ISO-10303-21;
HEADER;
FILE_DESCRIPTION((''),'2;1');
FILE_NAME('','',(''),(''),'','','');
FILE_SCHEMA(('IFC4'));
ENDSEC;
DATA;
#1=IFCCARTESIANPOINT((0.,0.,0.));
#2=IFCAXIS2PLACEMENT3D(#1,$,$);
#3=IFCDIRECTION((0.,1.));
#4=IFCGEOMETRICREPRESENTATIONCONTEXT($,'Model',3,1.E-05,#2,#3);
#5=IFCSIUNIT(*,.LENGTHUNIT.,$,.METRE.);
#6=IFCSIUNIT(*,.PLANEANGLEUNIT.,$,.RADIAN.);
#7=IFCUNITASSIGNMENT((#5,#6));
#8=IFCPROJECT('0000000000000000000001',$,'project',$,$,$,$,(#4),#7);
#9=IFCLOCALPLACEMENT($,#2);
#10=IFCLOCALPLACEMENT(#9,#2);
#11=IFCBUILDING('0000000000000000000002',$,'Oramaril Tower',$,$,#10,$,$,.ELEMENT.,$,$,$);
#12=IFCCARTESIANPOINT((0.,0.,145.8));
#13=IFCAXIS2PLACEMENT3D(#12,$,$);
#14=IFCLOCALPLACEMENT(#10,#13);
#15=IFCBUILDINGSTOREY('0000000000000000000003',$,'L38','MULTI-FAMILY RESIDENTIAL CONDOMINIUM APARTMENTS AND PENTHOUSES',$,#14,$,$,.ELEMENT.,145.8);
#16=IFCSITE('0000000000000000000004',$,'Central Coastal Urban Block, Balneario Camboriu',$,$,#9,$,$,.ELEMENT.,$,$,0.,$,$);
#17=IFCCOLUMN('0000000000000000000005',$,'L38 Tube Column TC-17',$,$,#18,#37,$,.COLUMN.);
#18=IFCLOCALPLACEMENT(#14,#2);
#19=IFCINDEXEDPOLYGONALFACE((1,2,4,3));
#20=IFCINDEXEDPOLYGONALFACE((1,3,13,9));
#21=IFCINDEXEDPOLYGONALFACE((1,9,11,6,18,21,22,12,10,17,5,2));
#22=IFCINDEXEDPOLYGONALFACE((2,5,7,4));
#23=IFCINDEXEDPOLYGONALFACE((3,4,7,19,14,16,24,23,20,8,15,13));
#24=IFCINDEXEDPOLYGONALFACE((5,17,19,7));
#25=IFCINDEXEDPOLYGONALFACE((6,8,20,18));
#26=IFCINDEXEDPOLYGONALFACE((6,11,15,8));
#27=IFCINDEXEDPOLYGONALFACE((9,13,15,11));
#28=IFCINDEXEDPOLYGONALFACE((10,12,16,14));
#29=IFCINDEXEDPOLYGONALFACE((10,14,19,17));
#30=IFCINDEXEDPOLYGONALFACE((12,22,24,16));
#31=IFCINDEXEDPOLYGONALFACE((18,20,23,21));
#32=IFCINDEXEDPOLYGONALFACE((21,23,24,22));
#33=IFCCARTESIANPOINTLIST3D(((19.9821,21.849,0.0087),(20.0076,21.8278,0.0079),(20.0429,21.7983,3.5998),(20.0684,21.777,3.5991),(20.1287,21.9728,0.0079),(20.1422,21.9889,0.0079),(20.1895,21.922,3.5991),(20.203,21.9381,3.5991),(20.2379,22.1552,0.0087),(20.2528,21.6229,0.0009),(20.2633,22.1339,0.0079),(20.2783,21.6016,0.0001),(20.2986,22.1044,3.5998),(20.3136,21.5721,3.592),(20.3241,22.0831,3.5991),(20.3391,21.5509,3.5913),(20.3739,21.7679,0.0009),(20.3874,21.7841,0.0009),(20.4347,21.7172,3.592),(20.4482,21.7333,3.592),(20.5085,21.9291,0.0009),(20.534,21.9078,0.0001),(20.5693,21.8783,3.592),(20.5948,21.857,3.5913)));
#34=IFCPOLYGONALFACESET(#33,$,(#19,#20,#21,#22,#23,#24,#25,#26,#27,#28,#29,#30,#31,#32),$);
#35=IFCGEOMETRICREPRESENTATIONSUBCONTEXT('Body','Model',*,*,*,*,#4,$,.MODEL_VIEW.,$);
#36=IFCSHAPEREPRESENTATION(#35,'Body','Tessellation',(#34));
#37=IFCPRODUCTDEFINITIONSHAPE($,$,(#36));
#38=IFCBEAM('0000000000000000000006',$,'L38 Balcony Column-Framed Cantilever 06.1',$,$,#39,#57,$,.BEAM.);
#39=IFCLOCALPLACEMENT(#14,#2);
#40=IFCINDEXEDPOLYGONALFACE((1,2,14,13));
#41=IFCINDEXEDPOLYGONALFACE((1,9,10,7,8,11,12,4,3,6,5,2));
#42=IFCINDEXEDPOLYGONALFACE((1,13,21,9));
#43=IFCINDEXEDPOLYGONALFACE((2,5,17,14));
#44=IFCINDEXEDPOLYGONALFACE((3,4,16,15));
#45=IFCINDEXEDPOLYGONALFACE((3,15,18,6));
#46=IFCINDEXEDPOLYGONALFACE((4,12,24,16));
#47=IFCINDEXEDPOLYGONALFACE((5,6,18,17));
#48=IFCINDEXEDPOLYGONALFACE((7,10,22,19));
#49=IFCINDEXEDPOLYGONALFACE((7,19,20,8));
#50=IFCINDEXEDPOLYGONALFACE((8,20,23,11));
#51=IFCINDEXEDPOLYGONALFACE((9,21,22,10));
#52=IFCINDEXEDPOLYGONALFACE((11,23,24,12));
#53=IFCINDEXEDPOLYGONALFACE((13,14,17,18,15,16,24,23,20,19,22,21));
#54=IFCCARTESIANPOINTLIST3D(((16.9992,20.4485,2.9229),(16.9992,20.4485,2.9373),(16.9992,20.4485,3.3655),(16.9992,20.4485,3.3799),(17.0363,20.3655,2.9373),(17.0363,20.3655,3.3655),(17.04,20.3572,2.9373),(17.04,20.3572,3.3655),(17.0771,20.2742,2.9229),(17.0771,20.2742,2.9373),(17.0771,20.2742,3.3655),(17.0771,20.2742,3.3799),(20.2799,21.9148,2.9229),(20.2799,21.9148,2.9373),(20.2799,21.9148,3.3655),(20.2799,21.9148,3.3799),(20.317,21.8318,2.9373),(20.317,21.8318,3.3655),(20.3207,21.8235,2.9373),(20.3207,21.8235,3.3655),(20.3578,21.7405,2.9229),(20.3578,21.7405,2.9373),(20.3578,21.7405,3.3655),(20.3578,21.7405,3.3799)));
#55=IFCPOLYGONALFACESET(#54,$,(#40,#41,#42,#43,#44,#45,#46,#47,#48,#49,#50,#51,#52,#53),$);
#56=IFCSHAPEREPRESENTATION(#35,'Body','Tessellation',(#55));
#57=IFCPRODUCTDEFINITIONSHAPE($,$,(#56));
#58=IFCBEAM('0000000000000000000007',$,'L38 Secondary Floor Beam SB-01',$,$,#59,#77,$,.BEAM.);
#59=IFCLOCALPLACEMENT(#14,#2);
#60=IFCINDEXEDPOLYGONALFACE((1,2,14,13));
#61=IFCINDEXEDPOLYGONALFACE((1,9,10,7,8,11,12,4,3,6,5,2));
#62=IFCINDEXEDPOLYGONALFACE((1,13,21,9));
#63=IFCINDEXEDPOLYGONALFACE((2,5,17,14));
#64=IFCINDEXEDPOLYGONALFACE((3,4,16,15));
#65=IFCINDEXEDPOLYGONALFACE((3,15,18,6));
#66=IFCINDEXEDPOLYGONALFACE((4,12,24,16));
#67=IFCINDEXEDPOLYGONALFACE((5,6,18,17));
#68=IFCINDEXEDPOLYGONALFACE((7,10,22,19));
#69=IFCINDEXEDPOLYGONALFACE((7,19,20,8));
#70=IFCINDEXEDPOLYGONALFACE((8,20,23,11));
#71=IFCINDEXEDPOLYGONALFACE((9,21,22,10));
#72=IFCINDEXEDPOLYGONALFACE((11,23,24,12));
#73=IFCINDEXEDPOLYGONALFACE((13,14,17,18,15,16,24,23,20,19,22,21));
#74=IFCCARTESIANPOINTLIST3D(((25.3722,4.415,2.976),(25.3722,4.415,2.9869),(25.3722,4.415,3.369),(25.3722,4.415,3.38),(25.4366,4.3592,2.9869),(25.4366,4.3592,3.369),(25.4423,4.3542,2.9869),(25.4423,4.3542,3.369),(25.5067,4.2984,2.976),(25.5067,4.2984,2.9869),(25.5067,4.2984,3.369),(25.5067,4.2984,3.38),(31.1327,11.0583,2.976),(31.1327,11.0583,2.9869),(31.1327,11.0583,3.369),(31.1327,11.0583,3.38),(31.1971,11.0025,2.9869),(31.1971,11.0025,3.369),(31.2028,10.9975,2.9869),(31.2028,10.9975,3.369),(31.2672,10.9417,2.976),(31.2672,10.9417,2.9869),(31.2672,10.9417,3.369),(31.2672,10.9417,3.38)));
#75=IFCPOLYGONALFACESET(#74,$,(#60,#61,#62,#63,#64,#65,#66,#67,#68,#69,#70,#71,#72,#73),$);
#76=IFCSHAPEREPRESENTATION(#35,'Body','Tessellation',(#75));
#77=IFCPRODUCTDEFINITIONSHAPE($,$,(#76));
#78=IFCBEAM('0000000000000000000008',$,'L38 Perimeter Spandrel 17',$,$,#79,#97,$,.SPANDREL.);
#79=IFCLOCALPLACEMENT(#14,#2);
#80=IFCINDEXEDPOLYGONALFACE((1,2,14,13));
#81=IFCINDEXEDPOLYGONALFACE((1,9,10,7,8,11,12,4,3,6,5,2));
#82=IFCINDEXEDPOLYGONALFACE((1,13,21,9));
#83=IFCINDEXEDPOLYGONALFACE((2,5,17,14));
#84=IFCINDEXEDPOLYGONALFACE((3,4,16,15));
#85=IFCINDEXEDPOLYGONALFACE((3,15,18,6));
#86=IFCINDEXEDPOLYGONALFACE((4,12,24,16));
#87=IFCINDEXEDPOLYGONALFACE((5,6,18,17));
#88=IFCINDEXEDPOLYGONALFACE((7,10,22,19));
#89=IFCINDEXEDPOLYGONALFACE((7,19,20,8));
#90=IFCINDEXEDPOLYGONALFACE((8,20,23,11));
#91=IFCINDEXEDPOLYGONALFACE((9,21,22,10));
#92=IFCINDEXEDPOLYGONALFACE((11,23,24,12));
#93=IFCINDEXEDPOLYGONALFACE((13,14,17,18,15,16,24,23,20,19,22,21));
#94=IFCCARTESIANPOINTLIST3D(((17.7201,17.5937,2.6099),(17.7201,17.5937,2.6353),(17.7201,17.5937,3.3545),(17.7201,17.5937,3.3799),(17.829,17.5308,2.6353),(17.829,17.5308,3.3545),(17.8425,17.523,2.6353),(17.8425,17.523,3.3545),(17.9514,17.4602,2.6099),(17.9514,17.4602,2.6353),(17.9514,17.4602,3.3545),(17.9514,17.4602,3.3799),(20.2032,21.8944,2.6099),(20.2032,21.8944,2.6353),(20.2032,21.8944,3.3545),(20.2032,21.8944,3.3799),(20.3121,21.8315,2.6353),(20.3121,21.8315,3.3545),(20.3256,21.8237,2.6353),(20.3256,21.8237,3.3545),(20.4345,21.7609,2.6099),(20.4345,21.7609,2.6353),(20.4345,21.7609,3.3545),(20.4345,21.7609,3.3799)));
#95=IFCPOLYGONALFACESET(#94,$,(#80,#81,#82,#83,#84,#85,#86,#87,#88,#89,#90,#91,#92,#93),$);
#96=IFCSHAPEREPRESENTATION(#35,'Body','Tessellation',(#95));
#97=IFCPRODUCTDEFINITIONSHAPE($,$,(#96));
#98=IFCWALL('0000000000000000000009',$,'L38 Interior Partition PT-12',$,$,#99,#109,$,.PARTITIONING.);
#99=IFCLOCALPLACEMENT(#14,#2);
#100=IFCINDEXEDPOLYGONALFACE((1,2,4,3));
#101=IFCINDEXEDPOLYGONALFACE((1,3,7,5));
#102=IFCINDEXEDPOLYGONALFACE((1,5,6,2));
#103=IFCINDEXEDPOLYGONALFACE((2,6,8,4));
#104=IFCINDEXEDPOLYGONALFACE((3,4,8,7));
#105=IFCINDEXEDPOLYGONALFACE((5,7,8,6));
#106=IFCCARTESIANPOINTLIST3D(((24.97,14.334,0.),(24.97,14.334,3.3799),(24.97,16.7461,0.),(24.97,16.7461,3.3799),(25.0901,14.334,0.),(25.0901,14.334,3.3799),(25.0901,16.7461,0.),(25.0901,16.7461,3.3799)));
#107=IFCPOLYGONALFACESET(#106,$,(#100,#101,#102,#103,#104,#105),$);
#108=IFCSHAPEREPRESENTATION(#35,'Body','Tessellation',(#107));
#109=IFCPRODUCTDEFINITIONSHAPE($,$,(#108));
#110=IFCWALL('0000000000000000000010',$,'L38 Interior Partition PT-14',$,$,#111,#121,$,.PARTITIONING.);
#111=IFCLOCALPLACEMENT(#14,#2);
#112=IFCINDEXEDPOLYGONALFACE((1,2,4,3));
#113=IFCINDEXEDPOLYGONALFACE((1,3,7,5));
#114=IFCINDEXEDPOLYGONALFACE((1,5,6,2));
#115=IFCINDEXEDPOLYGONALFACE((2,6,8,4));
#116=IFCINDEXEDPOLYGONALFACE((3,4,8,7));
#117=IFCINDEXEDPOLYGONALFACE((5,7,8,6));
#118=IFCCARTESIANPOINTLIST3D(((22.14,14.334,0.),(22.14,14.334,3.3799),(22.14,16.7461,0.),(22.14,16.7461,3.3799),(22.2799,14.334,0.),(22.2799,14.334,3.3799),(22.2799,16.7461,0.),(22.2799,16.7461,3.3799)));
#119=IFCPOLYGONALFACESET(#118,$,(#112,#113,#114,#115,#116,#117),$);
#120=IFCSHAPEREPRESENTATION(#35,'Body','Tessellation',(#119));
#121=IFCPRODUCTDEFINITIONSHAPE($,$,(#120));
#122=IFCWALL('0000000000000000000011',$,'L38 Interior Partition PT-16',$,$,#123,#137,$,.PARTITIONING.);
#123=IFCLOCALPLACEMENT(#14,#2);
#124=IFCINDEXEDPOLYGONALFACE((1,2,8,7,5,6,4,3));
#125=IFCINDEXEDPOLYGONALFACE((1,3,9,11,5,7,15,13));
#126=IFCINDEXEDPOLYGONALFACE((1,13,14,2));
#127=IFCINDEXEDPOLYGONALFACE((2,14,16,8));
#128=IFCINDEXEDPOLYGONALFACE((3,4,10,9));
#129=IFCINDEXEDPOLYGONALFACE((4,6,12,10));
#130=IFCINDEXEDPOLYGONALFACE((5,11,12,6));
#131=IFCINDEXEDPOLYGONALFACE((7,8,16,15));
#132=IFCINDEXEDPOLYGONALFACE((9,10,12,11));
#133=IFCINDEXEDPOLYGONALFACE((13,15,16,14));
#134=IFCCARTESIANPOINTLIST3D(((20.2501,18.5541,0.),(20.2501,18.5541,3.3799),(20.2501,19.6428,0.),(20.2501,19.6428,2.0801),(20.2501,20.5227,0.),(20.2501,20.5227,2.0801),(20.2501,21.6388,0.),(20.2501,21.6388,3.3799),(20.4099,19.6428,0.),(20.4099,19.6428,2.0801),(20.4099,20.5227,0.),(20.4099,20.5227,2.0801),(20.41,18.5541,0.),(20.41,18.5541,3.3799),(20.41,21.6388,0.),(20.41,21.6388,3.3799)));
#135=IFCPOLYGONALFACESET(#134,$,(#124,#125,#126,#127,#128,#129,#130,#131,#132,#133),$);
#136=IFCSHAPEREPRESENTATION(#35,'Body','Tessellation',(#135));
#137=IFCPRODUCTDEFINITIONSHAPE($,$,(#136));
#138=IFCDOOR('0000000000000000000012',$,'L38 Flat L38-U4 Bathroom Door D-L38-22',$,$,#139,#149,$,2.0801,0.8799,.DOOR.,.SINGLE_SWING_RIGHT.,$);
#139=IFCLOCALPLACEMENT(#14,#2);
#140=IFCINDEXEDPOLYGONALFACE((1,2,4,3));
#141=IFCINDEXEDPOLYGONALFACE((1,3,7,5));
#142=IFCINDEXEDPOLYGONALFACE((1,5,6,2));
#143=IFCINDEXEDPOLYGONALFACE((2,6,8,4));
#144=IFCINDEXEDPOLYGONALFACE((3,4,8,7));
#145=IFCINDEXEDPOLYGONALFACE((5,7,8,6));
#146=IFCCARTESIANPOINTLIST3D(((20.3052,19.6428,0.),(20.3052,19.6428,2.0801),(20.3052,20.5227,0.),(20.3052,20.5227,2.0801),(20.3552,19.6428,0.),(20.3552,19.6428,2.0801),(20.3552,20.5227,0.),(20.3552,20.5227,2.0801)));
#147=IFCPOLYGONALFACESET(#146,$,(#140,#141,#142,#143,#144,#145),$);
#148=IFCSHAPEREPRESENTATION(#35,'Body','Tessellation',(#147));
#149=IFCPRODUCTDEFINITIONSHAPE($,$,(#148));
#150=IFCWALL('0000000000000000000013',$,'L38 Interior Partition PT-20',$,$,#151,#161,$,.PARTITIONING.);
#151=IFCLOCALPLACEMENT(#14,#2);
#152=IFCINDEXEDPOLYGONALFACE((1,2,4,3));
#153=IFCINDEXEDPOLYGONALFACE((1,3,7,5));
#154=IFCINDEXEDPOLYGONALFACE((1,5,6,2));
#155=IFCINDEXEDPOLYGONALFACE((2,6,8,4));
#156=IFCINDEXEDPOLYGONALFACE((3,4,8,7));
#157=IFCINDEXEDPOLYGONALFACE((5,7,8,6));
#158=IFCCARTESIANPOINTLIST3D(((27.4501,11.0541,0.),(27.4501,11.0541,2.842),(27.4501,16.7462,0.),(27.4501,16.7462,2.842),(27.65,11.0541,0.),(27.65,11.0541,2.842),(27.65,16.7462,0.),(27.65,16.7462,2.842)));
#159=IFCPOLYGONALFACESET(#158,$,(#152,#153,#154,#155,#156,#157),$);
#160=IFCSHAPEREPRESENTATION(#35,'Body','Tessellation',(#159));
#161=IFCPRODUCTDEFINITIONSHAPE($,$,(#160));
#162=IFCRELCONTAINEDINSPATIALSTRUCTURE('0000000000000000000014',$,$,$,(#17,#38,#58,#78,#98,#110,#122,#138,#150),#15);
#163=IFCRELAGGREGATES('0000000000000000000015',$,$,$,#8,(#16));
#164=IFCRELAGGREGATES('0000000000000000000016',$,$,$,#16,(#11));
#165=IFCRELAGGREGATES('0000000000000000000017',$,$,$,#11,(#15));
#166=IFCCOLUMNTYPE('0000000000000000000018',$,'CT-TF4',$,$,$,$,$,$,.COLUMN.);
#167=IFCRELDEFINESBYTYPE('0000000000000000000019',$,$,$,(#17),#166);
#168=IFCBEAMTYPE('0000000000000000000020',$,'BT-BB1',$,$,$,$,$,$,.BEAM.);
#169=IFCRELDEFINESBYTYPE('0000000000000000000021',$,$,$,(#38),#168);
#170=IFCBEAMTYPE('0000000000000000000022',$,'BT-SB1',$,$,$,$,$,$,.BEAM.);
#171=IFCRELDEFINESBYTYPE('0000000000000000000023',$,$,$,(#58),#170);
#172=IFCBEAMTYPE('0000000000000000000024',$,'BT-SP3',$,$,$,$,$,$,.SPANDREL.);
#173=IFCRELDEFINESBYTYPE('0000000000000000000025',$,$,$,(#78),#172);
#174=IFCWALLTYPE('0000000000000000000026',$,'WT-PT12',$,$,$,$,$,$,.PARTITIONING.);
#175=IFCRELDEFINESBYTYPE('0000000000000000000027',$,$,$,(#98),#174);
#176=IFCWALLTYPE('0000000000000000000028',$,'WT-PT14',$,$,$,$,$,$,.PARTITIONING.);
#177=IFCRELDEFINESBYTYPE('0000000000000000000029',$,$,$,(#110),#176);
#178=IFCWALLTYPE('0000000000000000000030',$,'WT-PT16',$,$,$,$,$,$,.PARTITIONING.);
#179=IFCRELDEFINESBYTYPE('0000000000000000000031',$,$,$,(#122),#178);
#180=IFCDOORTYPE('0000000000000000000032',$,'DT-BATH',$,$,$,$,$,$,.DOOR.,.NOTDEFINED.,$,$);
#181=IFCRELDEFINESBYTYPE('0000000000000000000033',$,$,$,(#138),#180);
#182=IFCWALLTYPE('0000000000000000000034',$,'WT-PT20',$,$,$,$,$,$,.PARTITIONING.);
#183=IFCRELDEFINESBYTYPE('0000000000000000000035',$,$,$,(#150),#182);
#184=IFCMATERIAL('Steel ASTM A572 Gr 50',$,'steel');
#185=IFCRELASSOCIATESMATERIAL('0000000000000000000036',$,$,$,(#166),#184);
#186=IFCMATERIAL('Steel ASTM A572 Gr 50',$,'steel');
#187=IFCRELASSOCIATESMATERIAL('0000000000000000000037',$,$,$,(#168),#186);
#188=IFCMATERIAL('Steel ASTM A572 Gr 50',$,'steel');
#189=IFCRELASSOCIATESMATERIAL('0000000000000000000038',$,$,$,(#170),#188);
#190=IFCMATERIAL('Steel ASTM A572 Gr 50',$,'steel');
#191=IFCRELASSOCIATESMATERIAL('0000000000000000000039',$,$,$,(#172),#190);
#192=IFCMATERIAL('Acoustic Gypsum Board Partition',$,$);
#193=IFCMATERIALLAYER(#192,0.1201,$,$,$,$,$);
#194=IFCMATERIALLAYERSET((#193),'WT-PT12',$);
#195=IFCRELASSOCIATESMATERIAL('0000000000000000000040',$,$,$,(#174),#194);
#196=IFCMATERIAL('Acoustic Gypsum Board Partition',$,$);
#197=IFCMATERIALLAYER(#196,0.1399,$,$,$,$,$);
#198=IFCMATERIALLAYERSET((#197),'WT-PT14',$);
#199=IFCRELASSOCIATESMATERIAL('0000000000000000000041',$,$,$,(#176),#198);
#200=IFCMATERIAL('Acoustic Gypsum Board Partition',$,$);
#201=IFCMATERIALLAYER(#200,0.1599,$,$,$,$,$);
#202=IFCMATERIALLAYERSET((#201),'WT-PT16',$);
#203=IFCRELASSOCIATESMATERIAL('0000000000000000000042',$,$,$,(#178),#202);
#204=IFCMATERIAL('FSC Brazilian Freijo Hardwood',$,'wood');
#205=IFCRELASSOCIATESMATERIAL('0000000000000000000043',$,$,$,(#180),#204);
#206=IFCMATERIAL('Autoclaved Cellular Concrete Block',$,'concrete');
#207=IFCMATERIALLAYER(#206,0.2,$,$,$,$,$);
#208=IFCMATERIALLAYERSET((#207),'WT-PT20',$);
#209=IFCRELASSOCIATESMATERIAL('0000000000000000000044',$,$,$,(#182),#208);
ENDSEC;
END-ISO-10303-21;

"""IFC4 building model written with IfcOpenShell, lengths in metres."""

from ifc_helpers import new_model, si_unit, direction, frame, frame_2d, origin, origin_2d, place, context, subcontext, project, spatial, rectangle, i_section, extrude, material, layer, layer_set, material_profile, profile_set, type_object, element, fill, save


model = new_model("IFC4")

# Units and contexts
model_context = context("Model", 3, precision=1e-05, world=origin(), true_north=direction((0.0, 1.0)))
body_context = subcontext(model_context, "Body", "Model", "MODEL_VIEW")
ifc_project = project(units=[si_unit("LENGTHUNIT", "METRE"), si_unit("PLANEANGLEUNIT", "RADIAN")], contexts=[model_context])

# Site, building, storey
site_placement = place(None, origin())
site = spatial("IfcSite", under=ifc_project, at=site_placement, Name="Central Coastal Urban Block, Balneario Camboriu", CompositionType="ELEMENT", RefElevation=0.0)
building_placement = place(site_placement, origin())
building = spatial("IfcBuilding", under=site, at=building_placement, Name="Oramaril Tower", CompositionType="ELEMENT")
storey_placement = place(building_placement, frame((0.0, 0.0, 145.8)))
storey = spatial("IfcBuildingStorey", under=building, at=storey_placement, Name="L38", Description="MULTI-FAMILY RESIDENTIAL CONDOMINIUM APARTMENTS AND PENTHOUSES", CompositionType="ELEMENT", Elevation=145.8)

# Column
ifc_material_1 = material(Name="Steel ASTM A572 Gr 50", Category="steel")
ifc_material_profile_1 = material_profile(ifc_material_1, i_section(OverallWidth=0.3989, OverallDepth=0.386, WebThickness=0.021, FlangeThickness=0.0332, at=origin_2d()), Name="W14X176")
ifc_profile_set_1 = profile_set([ifc_material_profile_1], Name="Steel ASTM A572 Gr 50")
column_type = type_object("IfcColumnType", Name="CT-TF4", PredefinedType="COLUMN", material=ifc_profile_set_1)
column_placement = place(storey_placement, frame((20.2581, 21.8784, 0.0044), z_axis=(0.016924, -0.014138, 0.999757), x_axis=(0.641093, 0.767463, 0.0)))
element("IfcColumn", 1, at=column_placement, inside=storey, type_object=column_type, Name="L38 Tube Column TC-17", PredefinedType="COLUMN", context=body_context, shape_type="SweptSolid", body=[
    extrude(i_section(OverallWidth=0.3989, OverallDepth=0.386, WebThickness=0.021, FlangeThickness=0.0332, at=origin_2d()), origin(), (0.0, 0.0, 1.0), 3.592),
])

# Beams
ifc_material_2 = material(Name="Steel ASTM A572 Gr 50", Category="steel")
ifc_material_profile_2 = material_profile(ifc_material_2, i_section(OverallWidth=0.1909, OverallDepth=0.457, WebThickness=0.009, FlangeThickness=0.0144, at=origin_2d()), Name="W18X50")
ifc_profile_set_2 = profile_set([ifc_material_profile_2], Name="Steel ASTM A572 Gr 50")
beam_type_1 = type_object("IfcBeamType", Name="BT-BB1", PredefinedType="BEAM", material=ifc_profile_set_2)
beam_1_placement = place(storey_placement, frame((20.3188, 21.8276, 3.1514), z_axis=(-0.912963, -0.408041, 0.0), x_axis=(0.408041, -0.912963, 0.0)))
element("IfcBeam", 2, at=beam_1_placement, inside=storey, type_object=beam_type_1, Name="L38 Balcony Column-Framed Cantilever 06.1", PredefinedType="BEAM", context=body_context, shape_type="SweptSolid", body=[
    extrude(i_section(OverallWidth=0.1909, OverallDepth=0.457, WebThickness=0.009, FlangeThickness=0.0144, at=origin_2d()), origin(), (0.0, 0.0, 1.0), 3.5935),
])
ifc_material_3 = material(Name="Steel ASTM A572 Gr 50", Category="steel")
ifc_material_profile_3 = material_profile(ifc_material_3, i_section(OverallWidth=0.178, OverallDepth=0.4041, WebThickness=0.0076, FlangeThickness=0.011, at=origin_2d()), Name="W16X36")
ifc_profile_set_3 = profile_set([ifc_material_profile_3], Name="Steel ASTM A572 Gr 50")
beam_type_2 = type_object("IfcBeamType", Name="BT-SB1", PredefinedType="BEAM", material=ifc_profile_set_3)
beam_2_placement = place(storey_placement, frame((31.2, 11.0, 3.178), z_axis=(-0.655123, -0.755522, 0.0), x_axis=(0.755522, -0.655123, 0.0)))
element("IfcBeam", 3, at=beam_2_placement, inside=storey, type_object=beam_type_2, Name="L38 Secondary Floor Beam SB-01", PredefinedType="BEAM", context=body_context, shape_type="SweptSolid", body=[
    extrude(i_section(OverallWidth=0.178, OverallDepth=0.4041, WebThickness=0.0076, FlangeThickness=0.011, at=origin_2d()), origin(), (0.0, 0.0, 1.0), 8.793),
])
ifc_material_4 = material(Name="Steel ASTM A572 Gr 50", Category="steel")
ifc_material_profile_4 = material_profile(ifc_material_4, i_section(OverallWidth=0.2671, OverallDepth=0.77, WebThickness=0.0156, FlangeThickness=0.0254, at=origin_2d()), Name="W30X132")
ifc_profile_set_4 = profile_set([ifc_material_profile_4], Name="Steel ASTM A572 Gr 50")
beam_type_3 = type_object("IfcBeamType", Name="BT-SP3", PredefinedType="SPANDREL", material=ifc_profile_set_4)
beam_3_placement = place(storey_placement, frame((20.3188, 21.8276, 2.9949), z_axis=(-0.500015, -0.866017, 0.0), x_axis=(0.866017, -0.500015, 0.0)))
element("IfcBeam", 4, at=beam_3_placement, inside=storey, type_object=beam_type_3, Name="L38 Perimeter Spandrel 17", PredefinedType="SPANDREL", context=body_context, shape_type="SweptSolid", body=[
    extrude(i_section(OverallWidth=0.2671, OverallDepth=0.77, WebThickness=0.0156, FlangeThickness=0.0254, at=origin_2d()), origin(), (0.0, 0.0, 1.0), 4.9661),
])

# Walls
ifc_material_5 = material(Name="Acoustic Gypsum Board Partition")
ifc_layer_1 = layer(ifc_material_5, 0.1201)
ifc_layer_set_1 = layer_set([ifc_layer_1], Name="WT-PT12")
wall_type_1 = type_object("IfcWallType", Name="WT-PT12", PredefinedType="PARTITIONING", material=ifc_layer_set_1)
wall_1_placement = place(storey_placement, frame((25.03, 14.334, 0.0), z_axis=(0.0, 0.0, 1.0), x_axis=(0.0, 1.0, 0.0)))
element("IfcWall", 5, at=wall_1_placement, inside=storey, type_object=wall_type_1, Name="L38 Interior Partition PT-12", PredefinedType="PARTITIONING", context=body_context, shape_type="SweptSolid", body=[
    extrude(rectangle(XDim=2.4121, YDim=0.1201, at=frame_2d((1.2061, 0.0))), origin(), (0.0, 0.0, 1.0), 3.3799),
])
ifc_material_6 = material(Name="Acoustic Gypsum Board Partition")
ifc_layer_2 = layer(ifc_material_6, 0.1399)
ifc_layer_set_2 = layer_set([ifc_layer_2], Name="WT-PT14")
wall_type_2 = type_object("IfcWallType", Name="WT-PT14", PredefinedType="PARTITIONING", material=ifc_layer_set_2)
wall_2_placement = place(storey_placement, frame((22.21, 14.334, 0.0), z_axis=(0.0, 0.0, 1.0), x_axis=(0.0, 1.0, 0.0)))
element("IfcWall", 6, at=wall_2_placement, inside=storey, type_object=wall_type_2, Name="L38 Interior Partition PT-14", PredefinedType="PARTITIONING", context=body_context, shape_type="SweptSolid", body=[
    extrude(rectangle(XDim=2.4121, YDim=0.1399, at=frame_2d((1.2061, 0.0))), origin(), (0.0, 0.0, 1.0), 3.3799),
])

# Wall, opening, door
ifc_material_7 = material(Name="Acoustic Gypsum Board Partition")
ifc_layer_3 = layer(ifc_material_7, 0.1599)
ifc_layer_set_3 = layer_set([ifc_layer_3], Name="WT-PT16")
wall_type_3 = type_object("IfcWallType", Name="WT-PT16", PredefinedType="PARTITIONING", material=ifc_layer_set_3)
wall_3_placement = place(storey_placement, frame((20.3301, 18.554, 0.0), z_axis=(0.0, 0.0, 1.0), x_axis=(0.0, 1.0, 0.0)))
wall_3 = element("IfcWall", 7, at=wall_3_placement, inside=storey, type_object=wall_type_3, Name="L38 Interior Partition PT-16", PredefinedType="PARTITIONING", context=body_context, shape_type="SweptSolid", body=[
    extrude(rectangle(XDim=3.0847, YDim=0.1599, at=frame_2d((1.5425, 0.0))), origin(), (0.0, 0.0, 1.0), 3.3799),
])
opening_1_placement = place(wall_3_placement, frame((1.0889, 0.0, 0.0)))
opening_1 = element("IfcOpeningElement", 8, at=opening_1_placement, cuts=wall_3, PredefinedType="OPENING", context=body_context, shape_type="SweptSolid", body=[
    extrude(rectangle(XDim=0.8799, YDim=2.0801, at=frame_2d((0.4399, 1.04))), frame((0.0, 0.0801, 0.0), z_axis=(0.0, -1.0, 0.0), x_axis=(1.0, 0.0, 0.0)), (0.0, 0.0, 1.0), 0.1599),
])
ifc_material_8 = material(Name="FSC Brazilian Freijo Hardwood", Category="wood")
door_type_1 = type_object("IfcDoorType", Name="DT-BATH", OperationType="NOTDEFINED", PredefinedType="DOOR", material=ifc_material_8)
door_1_placement = place(opening_1_placement, origin())
door_1 = element("IfcDoor", 9, at=door_1_placement, inside=storey, type_object=door_type_1, Name="L38 Flat L38-U4 Bathroom Door D-L38-22", OperationType="SINGLE_SWING_RIGHT", OverallHeight=2.0801, OverallWidth=0.8799, PredefinedType="DOOR", context=body_context, shape_type="SweptSolid", body=[
    extrude(rectangle(XDim=0.8799, YDim=2.0801, at=frame_2d((0.4399, 1.04))), frame((0.0, 0.0249, 0.0), z_axis=(0.0, -1.0, 0.0), x_axis=(1.0, 0.0, 0.0)), (0.0, 0.0, 1.0), 0.05),
])
fill(opening_1, door_1)

# Wall
ifc_material_9 = material(Name="Autoclaved Cellular Concrete Block", Category="concrete")
ifc_layer_4 = layer(ifc_material_9, 0.2)
ifc_layer_set_4 = layer_set([ifc_layer_4], Name="WT-PT20")
wall_type_4 = type_object("IfcWallType", Name="WT-PT20", PredefinedType="PARTITIONING", material=ifc_layer_set_4)
wall_4_placement = place(storey_placement, frame((27.55, 11.054, 0.0), z_axis=(0.0, 0.0, 1.0), x_axis=(0.0, 1.0, 0.0)))
element("IfcWall", 10, at=wall_4_placement, inside=storey, type_object=wall_type_4, Name="L38 Interior Partition PT-20", PredefinedType="PARTITIONING", context=body_context, shape_type="SweptSolid", body=[
    extrude(rectangle(XDim=5.6921, YDim=0.2, at=frame_2d((2.8462, 0.0))), origin(), (0.0, 0.0, 1.0), 2.842),
])

save(model, "model.ifc")
